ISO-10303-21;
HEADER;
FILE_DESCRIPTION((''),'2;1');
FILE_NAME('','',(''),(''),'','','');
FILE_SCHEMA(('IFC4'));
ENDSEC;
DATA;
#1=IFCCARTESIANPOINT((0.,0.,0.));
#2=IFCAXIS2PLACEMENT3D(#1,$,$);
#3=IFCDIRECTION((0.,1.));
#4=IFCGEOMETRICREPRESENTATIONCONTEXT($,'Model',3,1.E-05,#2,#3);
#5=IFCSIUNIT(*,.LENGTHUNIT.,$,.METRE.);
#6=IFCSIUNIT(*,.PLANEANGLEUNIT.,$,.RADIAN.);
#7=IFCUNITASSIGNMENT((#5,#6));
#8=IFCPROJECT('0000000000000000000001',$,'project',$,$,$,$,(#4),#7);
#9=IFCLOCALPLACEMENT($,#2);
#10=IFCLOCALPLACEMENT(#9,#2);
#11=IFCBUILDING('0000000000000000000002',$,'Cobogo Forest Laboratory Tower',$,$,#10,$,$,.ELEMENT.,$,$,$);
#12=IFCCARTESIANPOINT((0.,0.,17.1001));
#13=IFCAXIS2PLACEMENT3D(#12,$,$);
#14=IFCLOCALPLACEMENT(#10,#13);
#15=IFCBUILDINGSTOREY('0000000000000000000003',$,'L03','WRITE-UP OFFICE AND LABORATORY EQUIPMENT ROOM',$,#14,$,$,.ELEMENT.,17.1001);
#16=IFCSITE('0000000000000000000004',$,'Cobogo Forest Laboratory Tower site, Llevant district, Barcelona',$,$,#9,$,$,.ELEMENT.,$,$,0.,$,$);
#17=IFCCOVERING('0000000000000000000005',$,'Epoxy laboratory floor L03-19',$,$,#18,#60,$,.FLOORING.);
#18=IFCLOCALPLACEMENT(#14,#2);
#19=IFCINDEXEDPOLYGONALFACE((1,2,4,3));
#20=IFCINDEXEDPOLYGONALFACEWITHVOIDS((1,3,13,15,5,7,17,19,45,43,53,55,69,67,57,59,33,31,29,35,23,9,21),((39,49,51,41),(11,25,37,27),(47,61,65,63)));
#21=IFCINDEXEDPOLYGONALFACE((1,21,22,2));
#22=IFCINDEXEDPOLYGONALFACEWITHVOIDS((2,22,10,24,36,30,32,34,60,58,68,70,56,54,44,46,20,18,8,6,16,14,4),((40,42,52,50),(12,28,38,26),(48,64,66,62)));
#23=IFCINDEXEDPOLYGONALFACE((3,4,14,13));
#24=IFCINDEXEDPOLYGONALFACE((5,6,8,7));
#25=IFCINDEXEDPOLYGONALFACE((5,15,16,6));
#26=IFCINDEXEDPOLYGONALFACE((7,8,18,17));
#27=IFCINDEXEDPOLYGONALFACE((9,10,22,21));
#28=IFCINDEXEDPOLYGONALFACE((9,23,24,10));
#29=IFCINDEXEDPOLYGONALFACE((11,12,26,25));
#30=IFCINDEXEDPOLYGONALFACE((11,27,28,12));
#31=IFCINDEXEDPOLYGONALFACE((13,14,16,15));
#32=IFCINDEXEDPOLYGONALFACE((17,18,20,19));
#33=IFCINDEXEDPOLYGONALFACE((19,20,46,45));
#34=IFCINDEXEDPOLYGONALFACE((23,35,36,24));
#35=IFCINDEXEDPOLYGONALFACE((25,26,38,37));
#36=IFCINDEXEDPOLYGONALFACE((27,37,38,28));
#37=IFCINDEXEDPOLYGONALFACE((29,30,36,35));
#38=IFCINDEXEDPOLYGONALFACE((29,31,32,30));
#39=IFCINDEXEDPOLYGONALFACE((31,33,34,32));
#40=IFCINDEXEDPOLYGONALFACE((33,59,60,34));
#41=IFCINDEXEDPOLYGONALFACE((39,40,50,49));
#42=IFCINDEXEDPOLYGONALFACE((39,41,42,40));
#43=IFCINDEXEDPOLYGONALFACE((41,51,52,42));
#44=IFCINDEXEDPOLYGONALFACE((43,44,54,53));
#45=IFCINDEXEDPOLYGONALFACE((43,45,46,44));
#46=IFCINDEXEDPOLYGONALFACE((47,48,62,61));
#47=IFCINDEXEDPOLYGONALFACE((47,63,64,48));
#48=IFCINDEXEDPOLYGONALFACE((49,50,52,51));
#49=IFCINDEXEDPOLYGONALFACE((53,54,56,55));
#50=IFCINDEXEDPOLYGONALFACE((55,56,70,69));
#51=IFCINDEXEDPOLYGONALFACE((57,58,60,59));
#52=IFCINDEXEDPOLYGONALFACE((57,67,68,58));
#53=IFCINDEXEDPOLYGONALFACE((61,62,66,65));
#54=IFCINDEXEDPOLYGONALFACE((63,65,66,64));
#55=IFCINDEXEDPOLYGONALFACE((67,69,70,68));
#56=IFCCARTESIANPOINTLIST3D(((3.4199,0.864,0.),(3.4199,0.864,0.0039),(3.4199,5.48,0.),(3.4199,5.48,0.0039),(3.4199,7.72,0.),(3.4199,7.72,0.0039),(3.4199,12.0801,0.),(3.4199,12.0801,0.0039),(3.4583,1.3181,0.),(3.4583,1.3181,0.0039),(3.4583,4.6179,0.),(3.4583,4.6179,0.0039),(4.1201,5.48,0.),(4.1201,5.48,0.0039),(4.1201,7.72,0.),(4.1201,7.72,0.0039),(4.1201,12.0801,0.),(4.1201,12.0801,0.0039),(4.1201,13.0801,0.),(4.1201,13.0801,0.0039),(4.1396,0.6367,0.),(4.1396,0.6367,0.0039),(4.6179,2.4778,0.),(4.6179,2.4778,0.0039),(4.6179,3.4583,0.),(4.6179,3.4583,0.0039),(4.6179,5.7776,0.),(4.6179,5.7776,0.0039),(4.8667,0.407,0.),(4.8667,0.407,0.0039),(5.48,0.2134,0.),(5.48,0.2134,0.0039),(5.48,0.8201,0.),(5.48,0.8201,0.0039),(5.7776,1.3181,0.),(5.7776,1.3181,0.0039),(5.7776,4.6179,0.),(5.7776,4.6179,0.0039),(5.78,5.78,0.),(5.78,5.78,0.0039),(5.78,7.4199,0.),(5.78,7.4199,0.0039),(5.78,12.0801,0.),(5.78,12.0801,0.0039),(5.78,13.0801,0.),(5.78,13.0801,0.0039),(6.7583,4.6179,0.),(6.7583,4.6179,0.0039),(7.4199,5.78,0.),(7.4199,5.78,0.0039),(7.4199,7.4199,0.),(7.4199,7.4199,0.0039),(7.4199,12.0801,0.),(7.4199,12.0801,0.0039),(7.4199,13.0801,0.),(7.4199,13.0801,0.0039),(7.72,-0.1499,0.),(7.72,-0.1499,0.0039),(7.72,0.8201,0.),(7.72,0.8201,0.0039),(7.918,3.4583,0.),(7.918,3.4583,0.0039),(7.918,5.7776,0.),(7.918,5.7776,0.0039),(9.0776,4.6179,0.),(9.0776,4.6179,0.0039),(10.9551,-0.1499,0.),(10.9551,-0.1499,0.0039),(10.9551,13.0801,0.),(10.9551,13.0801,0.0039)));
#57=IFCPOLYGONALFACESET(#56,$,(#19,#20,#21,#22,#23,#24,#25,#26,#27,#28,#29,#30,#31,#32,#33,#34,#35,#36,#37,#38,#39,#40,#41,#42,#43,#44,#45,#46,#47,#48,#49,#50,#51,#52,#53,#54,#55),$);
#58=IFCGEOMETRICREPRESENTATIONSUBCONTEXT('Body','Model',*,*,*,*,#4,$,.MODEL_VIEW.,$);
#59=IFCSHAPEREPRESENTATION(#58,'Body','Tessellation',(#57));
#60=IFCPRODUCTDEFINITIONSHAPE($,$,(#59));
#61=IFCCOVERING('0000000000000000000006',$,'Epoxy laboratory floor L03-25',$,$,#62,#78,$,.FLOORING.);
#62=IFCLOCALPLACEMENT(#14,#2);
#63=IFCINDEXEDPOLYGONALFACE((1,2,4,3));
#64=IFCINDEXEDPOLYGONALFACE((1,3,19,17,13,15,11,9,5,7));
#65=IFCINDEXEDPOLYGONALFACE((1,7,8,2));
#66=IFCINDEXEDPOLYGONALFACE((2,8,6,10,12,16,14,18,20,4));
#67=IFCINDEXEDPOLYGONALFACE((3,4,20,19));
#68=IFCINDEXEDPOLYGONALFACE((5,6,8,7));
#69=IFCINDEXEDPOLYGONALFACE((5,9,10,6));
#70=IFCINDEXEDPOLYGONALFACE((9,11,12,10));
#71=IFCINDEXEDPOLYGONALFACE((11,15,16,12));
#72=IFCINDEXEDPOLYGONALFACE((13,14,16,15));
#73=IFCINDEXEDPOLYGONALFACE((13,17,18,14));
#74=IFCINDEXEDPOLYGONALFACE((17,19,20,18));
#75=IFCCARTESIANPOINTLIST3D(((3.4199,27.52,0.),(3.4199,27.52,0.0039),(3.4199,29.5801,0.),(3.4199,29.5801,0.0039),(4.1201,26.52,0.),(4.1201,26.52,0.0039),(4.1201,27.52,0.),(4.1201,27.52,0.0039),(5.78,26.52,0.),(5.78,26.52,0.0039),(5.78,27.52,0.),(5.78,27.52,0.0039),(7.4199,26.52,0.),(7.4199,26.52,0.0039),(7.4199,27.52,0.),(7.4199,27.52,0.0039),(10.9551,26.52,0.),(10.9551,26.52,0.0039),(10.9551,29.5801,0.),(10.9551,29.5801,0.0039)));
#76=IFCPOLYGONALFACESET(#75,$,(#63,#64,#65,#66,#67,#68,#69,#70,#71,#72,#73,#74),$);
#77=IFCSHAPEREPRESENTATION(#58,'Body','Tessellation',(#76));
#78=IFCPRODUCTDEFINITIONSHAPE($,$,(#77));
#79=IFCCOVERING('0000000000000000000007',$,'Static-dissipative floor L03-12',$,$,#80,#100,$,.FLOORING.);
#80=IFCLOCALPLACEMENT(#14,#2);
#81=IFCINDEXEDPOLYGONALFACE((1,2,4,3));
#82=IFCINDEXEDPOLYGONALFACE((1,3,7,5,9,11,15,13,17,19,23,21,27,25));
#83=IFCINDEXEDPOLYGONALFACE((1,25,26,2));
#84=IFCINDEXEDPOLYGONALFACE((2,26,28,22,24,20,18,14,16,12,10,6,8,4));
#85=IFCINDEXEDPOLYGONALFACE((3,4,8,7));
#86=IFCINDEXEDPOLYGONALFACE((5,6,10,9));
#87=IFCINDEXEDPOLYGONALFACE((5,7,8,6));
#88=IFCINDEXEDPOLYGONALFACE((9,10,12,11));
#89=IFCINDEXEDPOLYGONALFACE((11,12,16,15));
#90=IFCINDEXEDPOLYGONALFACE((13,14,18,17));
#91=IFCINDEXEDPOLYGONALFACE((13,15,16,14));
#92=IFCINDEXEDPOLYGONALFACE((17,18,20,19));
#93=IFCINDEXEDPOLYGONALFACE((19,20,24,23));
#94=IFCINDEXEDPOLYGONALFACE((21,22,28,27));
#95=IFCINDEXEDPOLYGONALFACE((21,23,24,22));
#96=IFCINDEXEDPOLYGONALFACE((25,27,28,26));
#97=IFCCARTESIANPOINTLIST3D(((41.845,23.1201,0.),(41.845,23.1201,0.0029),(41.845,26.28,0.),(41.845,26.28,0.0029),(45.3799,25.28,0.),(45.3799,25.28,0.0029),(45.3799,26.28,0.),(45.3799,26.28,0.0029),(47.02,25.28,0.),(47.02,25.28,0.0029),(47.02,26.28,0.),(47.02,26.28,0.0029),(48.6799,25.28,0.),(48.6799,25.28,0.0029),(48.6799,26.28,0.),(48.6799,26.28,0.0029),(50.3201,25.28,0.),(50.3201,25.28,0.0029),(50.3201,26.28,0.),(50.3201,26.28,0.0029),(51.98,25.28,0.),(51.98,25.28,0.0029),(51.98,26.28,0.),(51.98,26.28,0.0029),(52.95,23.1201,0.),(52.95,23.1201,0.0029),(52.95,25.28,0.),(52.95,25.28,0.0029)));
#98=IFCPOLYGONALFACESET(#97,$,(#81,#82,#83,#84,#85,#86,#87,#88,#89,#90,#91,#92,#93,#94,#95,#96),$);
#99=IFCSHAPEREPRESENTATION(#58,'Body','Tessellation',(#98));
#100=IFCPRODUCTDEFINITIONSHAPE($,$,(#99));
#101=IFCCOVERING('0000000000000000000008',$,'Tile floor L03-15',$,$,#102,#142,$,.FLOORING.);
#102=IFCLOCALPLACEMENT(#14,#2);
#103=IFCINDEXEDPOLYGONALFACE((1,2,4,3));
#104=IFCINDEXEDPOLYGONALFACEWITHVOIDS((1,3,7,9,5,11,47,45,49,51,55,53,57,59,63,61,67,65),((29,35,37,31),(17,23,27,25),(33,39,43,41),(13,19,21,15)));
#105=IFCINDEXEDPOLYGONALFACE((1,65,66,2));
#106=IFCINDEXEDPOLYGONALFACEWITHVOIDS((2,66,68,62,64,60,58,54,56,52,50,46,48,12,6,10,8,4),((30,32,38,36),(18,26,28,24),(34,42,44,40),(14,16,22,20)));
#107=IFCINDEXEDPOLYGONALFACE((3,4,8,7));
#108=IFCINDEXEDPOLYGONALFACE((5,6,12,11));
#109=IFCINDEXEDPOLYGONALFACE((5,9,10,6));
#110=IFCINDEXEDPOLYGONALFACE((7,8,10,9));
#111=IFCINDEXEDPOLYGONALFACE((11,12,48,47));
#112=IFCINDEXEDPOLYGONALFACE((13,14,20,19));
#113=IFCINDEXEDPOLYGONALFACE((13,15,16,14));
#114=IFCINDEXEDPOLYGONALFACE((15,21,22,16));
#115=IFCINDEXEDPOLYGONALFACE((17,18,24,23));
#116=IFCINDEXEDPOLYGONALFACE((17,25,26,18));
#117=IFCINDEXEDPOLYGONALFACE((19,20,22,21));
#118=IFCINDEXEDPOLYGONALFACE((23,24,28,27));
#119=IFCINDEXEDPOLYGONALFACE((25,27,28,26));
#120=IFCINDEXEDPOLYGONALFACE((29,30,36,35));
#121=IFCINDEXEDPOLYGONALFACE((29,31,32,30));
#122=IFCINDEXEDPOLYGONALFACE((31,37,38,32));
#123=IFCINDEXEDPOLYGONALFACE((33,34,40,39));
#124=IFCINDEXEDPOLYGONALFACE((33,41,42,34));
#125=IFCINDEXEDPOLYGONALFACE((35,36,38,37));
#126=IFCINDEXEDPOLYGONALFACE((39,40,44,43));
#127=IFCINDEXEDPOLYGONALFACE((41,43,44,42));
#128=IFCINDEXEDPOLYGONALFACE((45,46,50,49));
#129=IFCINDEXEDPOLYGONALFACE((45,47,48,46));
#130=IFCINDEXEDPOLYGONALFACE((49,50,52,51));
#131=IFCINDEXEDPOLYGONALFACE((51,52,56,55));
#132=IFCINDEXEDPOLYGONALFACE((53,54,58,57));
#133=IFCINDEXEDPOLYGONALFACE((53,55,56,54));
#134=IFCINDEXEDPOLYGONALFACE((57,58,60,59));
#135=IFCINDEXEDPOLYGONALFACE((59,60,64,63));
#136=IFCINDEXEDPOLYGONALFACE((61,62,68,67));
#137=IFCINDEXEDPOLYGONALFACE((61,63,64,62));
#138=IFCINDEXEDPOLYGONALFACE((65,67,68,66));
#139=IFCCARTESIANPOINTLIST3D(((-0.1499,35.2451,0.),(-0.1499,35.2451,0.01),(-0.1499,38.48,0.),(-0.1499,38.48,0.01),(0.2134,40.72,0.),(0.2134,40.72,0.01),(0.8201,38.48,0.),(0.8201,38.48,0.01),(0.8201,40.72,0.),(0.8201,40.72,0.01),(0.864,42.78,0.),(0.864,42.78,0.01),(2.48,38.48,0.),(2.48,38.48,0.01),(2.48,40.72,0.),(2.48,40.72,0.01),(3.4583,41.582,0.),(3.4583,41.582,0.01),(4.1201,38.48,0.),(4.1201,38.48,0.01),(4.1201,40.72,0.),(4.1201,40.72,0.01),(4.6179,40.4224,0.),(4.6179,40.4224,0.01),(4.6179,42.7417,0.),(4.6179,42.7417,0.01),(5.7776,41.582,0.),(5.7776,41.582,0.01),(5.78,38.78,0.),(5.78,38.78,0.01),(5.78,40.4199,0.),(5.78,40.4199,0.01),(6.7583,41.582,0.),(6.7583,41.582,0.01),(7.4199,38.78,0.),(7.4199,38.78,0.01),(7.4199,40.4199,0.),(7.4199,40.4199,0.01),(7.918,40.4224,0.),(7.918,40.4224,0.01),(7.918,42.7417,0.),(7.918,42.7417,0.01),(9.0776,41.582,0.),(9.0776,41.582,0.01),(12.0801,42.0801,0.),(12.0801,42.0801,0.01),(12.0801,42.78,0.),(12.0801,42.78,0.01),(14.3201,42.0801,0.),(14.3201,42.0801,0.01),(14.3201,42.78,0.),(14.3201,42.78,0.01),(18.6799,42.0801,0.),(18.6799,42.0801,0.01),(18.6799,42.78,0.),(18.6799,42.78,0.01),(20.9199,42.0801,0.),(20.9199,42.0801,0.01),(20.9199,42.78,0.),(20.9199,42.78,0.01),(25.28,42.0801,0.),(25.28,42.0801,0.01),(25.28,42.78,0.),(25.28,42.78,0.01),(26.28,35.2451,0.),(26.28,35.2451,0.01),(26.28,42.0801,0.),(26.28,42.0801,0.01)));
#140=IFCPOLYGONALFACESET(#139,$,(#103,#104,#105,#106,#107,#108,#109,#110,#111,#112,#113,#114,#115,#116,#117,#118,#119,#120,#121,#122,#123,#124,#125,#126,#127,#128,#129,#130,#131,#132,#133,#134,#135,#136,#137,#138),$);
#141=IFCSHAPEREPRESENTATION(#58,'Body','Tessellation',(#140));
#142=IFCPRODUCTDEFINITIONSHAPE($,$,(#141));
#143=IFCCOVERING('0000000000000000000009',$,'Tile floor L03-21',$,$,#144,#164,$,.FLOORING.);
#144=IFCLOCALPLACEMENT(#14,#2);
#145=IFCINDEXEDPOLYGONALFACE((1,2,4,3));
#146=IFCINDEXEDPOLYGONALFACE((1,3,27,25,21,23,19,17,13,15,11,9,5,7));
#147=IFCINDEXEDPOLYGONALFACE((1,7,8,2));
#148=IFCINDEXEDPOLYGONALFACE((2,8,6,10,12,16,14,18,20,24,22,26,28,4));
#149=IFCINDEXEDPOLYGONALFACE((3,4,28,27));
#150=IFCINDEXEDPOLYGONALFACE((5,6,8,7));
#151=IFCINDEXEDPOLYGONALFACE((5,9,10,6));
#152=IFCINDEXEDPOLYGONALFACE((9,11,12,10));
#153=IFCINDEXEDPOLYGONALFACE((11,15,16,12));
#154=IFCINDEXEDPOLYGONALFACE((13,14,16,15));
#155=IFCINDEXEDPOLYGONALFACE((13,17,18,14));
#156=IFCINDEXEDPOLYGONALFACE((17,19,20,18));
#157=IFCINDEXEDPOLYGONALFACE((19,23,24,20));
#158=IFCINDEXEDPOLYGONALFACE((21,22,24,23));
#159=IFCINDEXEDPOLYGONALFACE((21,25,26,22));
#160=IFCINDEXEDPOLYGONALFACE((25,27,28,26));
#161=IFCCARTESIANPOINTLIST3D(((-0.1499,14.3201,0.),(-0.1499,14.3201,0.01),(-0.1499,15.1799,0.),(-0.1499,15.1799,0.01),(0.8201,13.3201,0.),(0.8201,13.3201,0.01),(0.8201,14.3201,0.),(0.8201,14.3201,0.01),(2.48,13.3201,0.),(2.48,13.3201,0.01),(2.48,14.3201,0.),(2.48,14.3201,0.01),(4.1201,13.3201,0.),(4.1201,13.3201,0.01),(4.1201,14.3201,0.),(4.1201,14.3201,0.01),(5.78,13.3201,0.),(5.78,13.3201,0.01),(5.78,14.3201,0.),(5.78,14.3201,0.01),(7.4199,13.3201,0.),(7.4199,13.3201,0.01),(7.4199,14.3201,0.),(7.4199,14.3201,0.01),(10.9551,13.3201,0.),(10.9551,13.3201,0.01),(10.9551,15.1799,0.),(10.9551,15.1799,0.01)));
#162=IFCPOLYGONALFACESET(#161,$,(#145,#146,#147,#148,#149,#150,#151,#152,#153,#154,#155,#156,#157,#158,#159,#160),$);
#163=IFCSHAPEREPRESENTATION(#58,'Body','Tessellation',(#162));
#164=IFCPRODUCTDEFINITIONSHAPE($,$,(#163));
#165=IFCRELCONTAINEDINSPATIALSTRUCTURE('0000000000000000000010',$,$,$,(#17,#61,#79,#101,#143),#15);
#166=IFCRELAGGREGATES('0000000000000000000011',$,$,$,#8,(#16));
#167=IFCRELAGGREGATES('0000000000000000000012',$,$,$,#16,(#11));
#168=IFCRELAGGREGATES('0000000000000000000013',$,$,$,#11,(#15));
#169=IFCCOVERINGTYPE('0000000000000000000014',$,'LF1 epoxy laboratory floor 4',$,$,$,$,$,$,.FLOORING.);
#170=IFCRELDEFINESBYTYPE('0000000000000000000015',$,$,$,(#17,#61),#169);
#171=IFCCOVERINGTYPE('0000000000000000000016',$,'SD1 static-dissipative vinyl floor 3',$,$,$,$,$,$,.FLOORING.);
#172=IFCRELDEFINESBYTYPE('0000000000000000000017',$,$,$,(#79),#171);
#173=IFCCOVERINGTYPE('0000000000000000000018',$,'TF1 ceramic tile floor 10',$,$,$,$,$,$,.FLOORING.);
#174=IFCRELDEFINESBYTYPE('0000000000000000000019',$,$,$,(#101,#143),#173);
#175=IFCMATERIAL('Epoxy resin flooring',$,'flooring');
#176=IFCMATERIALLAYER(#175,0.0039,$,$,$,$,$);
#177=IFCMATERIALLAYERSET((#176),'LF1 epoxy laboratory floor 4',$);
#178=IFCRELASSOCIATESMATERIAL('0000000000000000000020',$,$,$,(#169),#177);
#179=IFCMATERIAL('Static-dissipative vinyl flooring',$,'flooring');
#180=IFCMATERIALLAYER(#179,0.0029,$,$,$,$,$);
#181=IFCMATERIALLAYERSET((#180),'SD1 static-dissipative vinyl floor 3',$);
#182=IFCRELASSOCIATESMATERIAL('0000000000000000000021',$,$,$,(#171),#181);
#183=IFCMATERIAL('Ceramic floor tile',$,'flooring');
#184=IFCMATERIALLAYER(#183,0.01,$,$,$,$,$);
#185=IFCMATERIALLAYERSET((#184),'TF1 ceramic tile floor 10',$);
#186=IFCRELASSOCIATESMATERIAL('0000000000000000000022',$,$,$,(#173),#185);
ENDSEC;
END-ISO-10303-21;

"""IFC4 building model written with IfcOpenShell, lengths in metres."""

from ifc_helpers import new_model, si_unit, direction, frame, origin, place, context, subcontext, project, spatial, polyline, outline, extrude, material, layer, layer_set, type_object, element, save


model = new_model("IFC4")

# Units and contexts
model_context = context("Model", 3, precision=1e-05, world=origin(), true_north=direction((0.0, 1.0)))
body_context = subcontext(model_context, "Body", "Model", "MODEL_VIEW")
ifc_project = project(units=[si_unit("LENGTHUNIT", "METRE"), si_unit("PLANEANGLEUNIT", "RADIAN")], contexts=[model_context])

# Site, building, storey
site_placement = place(None, origin())
site = spatial("IfcSite", under=ifc_project, at=site_placement, Name="Cobogo Forest Laboratory Tower site, Llevant district, Barcelona", CompositionType="ELEMENT", RefElevation=0.0)
building_placement = place(site_placement, origin())
building = spatial("IfcBuilding", under=site, at=building_placement, Name="Cobogo Forest Laboratory Tower", CompositionType="ELEMENT")
storey_placement = place(building_placement, frame((0.0, 0.0, 17.1001)))
storey = spatial("IfcBuildingStorey", under=building, at=storey_placement, Name="L03", Description="WRITE-UP OFFICE AND LABORATORY EQUIPMENT ROOM", CompositionType="ELEMENT", Elevation=17.1001)

# Coverings
ifc_material_1 = material(Name="Epoxy resin flooring", Category="flooring")
ifc_layer_1 = layer(ifc_material_1, 0.0039)
ifc_layer_set_1 = layer_set([ifc_layer_1], Name="LF1 epoxy laboratory floor 4")
covering_type_1 = type_object("IfcCoveringType", Name="LF1 epoxy laboratory floor 4", PredefinedType="FLOORING", material=ifc_layer_set_1)
covering_1_placement = place(storey_placement, origin())
element("IfcCovering", 1, at=covering_1_placement, inside=storey, type_object=covering_type_1, Name="Epoxy laboratory floor L03-19", PredefinedType="FLOORING", context=body_context, shape_type="SweptSolid", body=[
    extrude(outline(polyline([(5.78, 13.0801), (5.78, 12.0801), (7.4199, 12.0801), (7.4199, 13.0801), (10.9551, 13.0801), (10.9551, -0.1499), (7.72, -0.1499), (7.72, 0.8201), (5.48, 0.8201), (5.48, 0.2134), (4.8667, 0.407), (5.7776, 1.3181), (4.6179, 2.4778), (3.4583, 1.3181), (4.1396, 0.6367), (3.4199, 0.864), (3.4199, 5.48), (4.1201, 5.48), (4.1201, 7.72), (3.4199, 7.72), (3.4199, 12.0801), (4.1201, 12.0801), (4.1201, 13.0801), (5.78, 13.0801)]), holes=[polyline([(7.918, 5.7776), (6.7583, 4.6179), (7.918, 3.4583), (9.0776, 4.6179), (7.918, 5.7776)]), polyline([(5.78, 7.4199), (5.78, 5.78), (7.4199, 5.78), (7.4199, 7.4199), (5.78, 7.4199)]), polyline([(3.4583, 4.6179), (4.6179, 3.4583), (5.7776, 4.6179), (4.6179, 5.7776), (3.4583, 4.6179)])]), origin(), (0.0, 0.0, 1.0), 0.0039),
])
covering_2_placement = place(storey_placement, origin())
element("IfcCovering", 2, at=covering_2_placement, inside=storey, type_object=covering_type_1, Name="Epoxy laboratory floor L03-25", PredefinedType="FLOORING", context=body_context, shape_type="SweptSolid", body=[
    extrude(outline(polyline([(3.4199, 29.5801), (10.9551, 29.5801), (10.9551, 26.52), (7.4199, 26.52), (7.4199, 27.52), (5.78, 27.52), (5.78, 26.52), (4.1201, 26.52), (4.1201, 27.52), (3.4199, 27.52), (3.4199, 29.5801)])), origin(), (0.0, 0.0, 1.0), 0.0039),
])
ifc_material_2 = material(Name="Static-dissipative vinyl flooring", Category="flooring")
ifc_layer_2 = layer(ifc_material_2, 0.0029)
ifc_layer_set_2 = layer_set([ifc_layer_2], Name="SD1 static-dissipative vinyl floor 3")
covering_type_2 = type_object("IfcCoveringType", Name="SD1 static-dissipative vinyl floor 3", PredefinedType="FLOORING", material=ifc_layer_set_2)
covering_3_placement = place(storey_placement, origin())
element("IfcCovering", 3, at=covering_3_placement, inside=storey, type_object=covering_type_2, Name="Static-dissipative floor L03-12", PredefinedType="FLOORING", context=body_context, shape_type="SweptSolid", body=[
    extrude(outline(polyline([(41.845, 26.28), (45.3799, 26.28), (45.3799, 25.28), (47.02, 25.28), (47.02, 26.28), (48.6799, 26.28), (48.6799, 25.28), (50.3201, 25.28), (50.3201, 26.28), (51.98, 26.28), (51.98, 25.28), (52.95, 25.28), (52.95, 23.1201), (41.845, 23.1201), (41.845, 26.28)])), origin(), (0.0, 0.0, 1.0), 0.0029),
])
ifc_material_3 = material(Name="Ceramic floor tile", Category="flooring")
ifc_layer_3 = layer(ifc_material_3, 0.01)
ifc_layer_set_3 = layer_set([ifc_layer_3], Name="TF1 ceramic tile floor 10")
covering_type_3 = type_object("IfcCoveringType", Name="TF1 ceramic tile floor 10", PredefinedType="FLOORING", material=ifc_layer_set_3)
covering_4_placement = place(storey_placement, origin())
element("IfcCovering", 4, at=covering_4_placement, inside=storey, type_object=covering_type_3, Name="Tile floor L03-15", PredefinedType="FLOORING", context=body_context, shape_type="SweptSolid", body=[
    extrude(outline(polyline([(26.28, 35.2451), (-0.1499, 35.2451), (-0.1499, 38.48), (0.8201, 38.48), (0.8201, 40.72), (0.2134, 40.72), (0.864, 42.78), (12.0801, 42.78), (12.0801, 42.0801), (14.3201, 42.0801), (14.3201, 42.78), (18.6799, 42.78), (18.6799, 42.0801), (20.9199, 42.0801), (20.9199, 42.78), (25.28, 42.78), (25.28, 42.0801), (26.28, 42.0801), (26.28, 35.2451)]), holes=[polyline([(6.7583, 41.582), (7.918, 40.4224), (9.0776, 41.582), (7.918, 42.7417), (6.7583, 41.582)]), polyline([(5.78, 40.4199), (5.78, 38.78), (7.4199, 38.78), (7.4199, 40.4199), (5.78, 40.4199)]), polyline([(3.4583, 41.582), (4.6179, 40.4224), (5.7776, 41.582), (4.6179, 42.7417), (3.4583, 41.582)]), polyline([(2.48, 38.48), (4.1201, 38.48), (4.1201, 40.72), (2.48, 40.72), (2.48, 38.48)])]), origin(), (0.0, 0.0, 1.0), 0.01),
])
covering_5_placement = place(storey_placement, origin())
element("IfcCovering", 5, at=covering_5_placement, inside=storey, type_object=covering_type_3, Name="Tile floor L03-21", PredefinedType="FLOORING", context=body_context, shape_type="SweptSolid", body=[
    extrude(outline(polyline([(10.9551, 13.3201), (7.4199, 13.3201), (7.4199, 14.3201), (5.78, 14.3201), (5.78, 13.3201), (4.1201, 13.3201), (4.1201, 14.3201), (2.48, 14.3201), (2.48, 13.3201), (0.8201, 13.3201), (0.8201, 14.3201), (-0.1499, 14.3201), (-0.1499, 15.1799), (10.9551, 15.1799), (10.9551, 13.3201)])), origin(), (0.0, 0.0, 1.0), 0.01),
])

save(model, "model.ifc")
